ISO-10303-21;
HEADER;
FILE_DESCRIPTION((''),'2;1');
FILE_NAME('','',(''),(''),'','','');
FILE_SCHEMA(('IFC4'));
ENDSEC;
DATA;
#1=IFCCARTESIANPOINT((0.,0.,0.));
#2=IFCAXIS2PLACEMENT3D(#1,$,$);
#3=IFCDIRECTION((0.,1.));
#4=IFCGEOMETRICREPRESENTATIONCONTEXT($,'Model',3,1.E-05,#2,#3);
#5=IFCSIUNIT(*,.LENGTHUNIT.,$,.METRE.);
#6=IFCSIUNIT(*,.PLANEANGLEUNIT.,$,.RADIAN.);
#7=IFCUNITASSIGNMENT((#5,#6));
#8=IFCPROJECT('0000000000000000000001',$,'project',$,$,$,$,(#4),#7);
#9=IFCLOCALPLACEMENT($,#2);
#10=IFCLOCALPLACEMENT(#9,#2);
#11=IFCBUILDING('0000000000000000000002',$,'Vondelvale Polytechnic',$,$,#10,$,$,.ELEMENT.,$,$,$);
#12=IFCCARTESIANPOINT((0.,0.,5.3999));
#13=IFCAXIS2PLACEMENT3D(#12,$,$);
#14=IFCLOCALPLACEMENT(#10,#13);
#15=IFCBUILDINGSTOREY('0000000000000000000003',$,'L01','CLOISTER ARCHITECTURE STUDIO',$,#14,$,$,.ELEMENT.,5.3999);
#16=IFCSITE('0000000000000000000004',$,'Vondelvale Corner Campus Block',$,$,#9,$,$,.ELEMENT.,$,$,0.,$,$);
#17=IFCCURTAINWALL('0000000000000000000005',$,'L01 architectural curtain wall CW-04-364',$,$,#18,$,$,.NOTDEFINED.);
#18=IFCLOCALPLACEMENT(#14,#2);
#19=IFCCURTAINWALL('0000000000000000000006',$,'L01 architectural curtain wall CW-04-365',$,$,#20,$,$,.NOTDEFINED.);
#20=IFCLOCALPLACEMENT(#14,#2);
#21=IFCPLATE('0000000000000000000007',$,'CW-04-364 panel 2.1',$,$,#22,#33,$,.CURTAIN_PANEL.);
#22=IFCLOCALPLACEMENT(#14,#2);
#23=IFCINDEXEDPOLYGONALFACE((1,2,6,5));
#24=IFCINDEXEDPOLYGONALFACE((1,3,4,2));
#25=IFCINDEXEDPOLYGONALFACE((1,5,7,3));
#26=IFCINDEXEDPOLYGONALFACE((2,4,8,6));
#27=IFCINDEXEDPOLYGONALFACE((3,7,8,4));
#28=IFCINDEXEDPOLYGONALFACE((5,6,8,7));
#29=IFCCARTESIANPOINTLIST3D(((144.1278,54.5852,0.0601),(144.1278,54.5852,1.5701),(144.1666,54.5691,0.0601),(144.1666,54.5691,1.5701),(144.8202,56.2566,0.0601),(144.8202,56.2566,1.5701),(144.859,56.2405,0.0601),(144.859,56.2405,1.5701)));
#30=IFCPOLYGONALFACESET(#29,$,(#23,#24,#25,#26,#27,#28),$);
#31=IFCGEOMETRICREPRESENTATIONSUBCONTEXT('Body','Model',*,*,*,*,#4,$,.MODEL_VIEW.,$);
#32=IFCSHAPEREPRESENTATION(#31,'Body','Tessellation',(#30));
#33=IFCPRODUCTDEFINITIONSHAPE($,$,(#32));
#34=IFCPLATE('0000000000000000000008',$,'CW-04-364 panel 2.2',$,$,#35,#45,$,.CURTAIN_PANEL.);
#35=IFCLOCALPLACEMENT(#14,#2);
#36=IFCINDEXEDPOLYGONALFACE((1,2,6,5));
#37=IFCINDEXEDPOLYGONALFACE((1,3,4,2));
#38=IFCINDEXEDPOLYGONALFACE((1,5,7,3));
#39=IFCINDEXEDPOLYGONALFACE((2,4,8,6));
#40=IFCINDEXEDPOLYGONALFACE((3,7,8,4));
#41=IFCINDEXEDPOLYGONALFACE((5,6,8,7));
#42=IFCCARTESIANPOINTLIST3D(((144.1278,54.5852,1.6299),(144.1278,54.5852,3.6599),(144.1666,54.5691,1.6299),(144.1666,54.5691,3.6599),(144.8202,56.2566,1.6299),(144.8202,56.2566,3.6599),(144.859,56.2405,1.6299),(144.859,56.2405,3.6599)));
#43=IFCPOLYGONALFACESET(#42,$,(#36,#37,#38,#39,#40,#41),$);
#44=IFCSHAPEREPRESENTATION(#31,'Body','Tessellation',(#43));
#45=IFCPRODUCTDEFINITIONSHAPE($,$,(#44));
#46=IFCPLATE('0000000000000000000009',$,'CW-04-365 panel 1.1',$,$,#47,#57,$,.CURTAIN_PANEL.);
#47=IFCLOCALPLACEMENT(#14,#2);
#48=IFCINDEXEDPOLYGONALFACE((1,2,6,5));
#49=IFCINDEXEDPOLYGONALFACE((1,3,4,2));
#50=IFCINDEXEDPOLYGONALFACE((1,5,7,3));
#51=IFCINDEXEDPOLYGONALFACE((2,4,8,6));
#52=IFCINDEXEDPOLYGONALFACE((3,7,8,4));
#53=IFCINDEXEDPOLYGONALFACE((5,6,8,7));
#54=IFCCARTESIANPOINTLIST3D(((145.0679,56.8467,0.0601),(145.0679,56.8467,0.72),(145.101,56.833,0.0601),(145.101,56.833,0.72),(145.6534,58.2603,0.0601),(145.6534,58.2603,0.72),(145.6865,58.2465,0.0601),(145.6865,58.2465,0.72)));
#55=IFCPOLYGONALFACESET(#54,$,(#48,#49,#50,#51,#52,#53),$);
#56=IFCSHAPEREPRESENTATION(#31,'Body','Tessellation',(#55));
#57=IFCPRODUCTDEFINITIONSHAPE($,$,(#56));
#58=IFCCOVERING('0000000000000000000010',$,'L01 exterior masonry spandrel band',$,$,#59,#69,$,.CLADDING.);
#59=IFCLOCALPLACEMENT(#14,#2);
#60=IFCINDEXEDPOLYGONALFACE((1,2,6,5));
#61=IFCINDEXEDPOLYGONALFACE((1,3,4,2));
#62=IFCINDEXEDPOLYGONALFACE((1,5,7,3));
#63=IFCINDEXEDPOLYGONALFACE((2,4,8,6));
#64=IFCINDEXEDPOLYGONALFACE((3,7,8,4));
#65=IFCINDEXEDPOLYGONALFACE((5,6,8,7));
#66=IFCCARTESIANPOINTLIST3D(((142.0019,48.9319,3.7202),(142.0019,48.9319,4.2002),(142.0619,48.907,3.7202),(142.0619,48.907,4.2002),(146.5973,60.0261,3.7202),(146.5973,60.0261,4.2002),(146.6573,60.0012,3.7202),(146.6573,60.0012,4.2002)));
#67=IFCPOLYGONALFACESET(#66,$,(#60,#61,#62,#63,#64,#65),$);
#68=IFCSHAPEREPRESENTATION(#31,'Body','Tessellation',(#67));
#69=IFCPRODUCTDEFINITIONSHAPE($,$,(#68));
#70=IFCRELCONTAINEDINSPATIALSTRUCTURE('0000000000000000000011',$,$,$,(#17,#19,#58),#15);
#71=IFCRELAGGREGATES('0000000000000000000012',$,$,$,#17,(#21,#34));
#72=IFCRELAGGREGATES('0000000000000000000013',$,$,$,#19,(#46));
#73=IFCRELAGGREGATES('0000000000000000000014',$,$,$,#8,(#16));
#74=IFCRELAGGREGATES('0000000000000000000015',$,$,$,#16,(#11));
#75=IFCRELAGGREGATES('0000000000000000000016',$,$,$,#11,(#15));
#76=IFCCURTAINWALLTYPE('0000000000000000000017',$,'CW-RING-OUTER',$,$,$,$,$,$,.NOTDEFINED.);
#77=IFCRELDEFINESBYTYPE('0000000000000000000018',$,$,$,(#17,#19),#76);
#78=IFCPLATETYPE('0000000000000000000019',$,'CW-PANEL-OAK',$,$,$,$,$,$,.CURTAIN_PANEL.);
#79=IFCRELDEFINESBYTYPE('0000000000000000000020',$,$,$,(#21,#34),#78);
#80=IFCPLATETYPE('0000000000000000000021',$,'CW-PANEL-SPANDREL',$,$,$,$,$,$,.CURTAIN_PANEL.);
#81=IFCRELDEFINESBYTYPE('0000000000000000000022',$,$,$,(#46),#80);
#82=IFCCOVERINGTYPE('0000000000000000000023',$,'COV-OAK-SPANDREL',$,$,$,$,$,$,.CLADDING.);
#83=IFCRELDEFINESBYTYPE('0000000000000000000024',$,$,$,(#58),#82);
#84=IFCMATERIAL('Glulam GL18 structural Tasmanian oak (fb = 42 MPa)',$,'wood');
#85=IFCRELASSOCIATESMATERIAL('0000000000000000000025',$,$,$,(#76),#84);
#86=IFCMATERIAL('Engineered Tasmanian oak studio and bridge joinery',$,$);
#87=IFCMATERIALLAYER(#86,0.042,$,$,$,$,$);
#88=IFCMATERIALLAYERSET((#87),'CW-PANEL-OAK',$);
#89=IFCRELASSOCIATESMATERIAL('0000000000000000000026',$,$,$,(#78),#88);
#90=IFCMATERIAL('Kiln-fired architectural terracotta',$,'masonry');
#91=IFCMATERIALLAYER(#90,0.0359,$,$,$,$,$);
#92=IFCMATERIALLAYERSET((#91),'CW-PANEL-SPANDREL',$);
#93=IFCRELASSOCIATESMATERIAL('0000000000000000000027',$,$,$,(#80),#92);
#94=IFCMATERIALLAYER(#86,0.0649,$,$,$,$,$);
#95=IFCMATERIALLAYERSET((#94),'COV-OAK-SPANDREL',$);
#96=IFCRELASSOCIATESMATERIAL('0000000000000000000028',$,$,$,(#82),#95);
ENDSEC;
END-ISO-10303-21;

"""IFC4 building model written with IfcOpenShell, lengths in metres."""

from ifc_helpers import new_model, si_unit, direction, frame, origin, origin_2d, place, context, subcontext, project, spatial, rectangle, extrude, material, layer, layer_set, type_object, element, aggregate, save


model = new_model("IFC4")

# Units and contexts
model_context = context("Model", 3, precision=1e-05, world=origin(), true_north=direction((0.0, 1.0)))
body_context = subcontext(model_context, "Body", "Model", "MODEL_VIEW")
ifc_project = project(units=[si_unit("LENGTHUNIT", "METRE"), si_unit("PLANEANGLEUNIT", "RADIAN")], contexts=[model_context])

# Site, building, storey
site_placement = place(None, origin())
site = spatial("IfcSite", under=ifc_project, at=site_placement, Name="Vondelvale Corner Campus Block", CompositionType="ELEMENT", RefElevation=0.0)
building_placement = place(site_placement, origin())
building = spatial("IfcBuilding", under=site, at=building_placement, Name="Vondelvale Polytechnic", CompositionType="ELEMENT")
storey_placement = place(building_placement, frame((0.0, 0.0, 5.3999)))
storey = spatial("IfcBuildingStorey", under=building, at=storey_placement, Name="L01", Description="CLOISTER ARCHITECTURE STUDIO", CompositionType="ELEMENT", Elevation=5.3999)

# Shared definitions
ifc_material_1 = material(Name="Glulam GL18 structural Tasmanian oak (fb = 42 MPa)", Category="wood")

# Shared definitions
curtain_wall_type = type_object("IfcCurtainWallType", Name="CW-RING-OUTER", PredefinedType="NOTDEFINED", material=ifc_material_1)

# Curtain wall
curtain_wall_1_placement = place(storey_placement, origin())
curtain_wall_1 = element("IfcCurtainWall", 1, at=curtain_wall_1_placement, inside=storey, type_object=curtain_wall_type, Name="L01 architectural curtain wall CW-04-364", PredefinedType="NOTDEFINED")

# Curtain wall
curtain_wall_2_placement = place(storey_placement, origin())
curtain_wall_2 = element("IfcCurtainWall", 2, at=curtain_wall_2_placement, inside=storey, type_object=curtain_wall_type, Name="L01 architectural curtain wall CW-04-365", PredefinedType="NOTDEFINED")

# Plates
ifc_material_2 = material(Name="Engineered Tasmanian oak studio and bridge joinery")
ifc_layer_1 = layer(ifc_material_2, 0.042)
ifc_layer_set_1 = layer_set([ifc_layer_1], Name="CW-PANEL-OAK")
plate_type_1 = type_object("IfcPlateType", Name="CW-PANEL-OAK", PredefinedType="CURTAIN_PANEL", material=ifc_layer_set_1)
plate_1_placement = place(storey_placement, frame((144.4934, 55.4128, 0.0601), z_axis=(0.0, 0.0, 1.0), x_axis=(0.382695, 0.923875, 0.0)))
plate_1 = element("IfcPlate", 3, at=plate_1_placement, type_object=plate_type_1, Name="CW-04-364 panel 2.1", PredefinedType="CURTAIN_PANEL", context=body_context, shape_type="SweptSolid", body=[
    extrude(rectangle(XDim=1.8091, YDim=0.042, at=origin_2d()), origin(), (0.0, 0.0, 1.0), 1.51),
])
plate_2_placement = place(storey_placement, frame((144.4934, 55.4128, 1.6299), z_axis=(0.0, 0.0, 1.0), x_axis=(0.382695, 0.923875, 0.0)))
plate_2 = element("IfcPlate", 4, at=plate_2_placement, type_object=plate_type_1, Name="CW-04-364 panel 2.2", PredefinedType="CURTAIN_PANEL", context=body_context, shape_type="SweptSolid", body=[
    extrude(rectangle(XDim=1.8091, YDim=0.042, at=origin_2d()), origin(), (0.0, 0.0, 1.0), 2.03),
])
aggregate(curtain_wall_1, [plate_1, plate_2])
ifc_material_3 = material(Name="Kiln-fired architectural terracotta", Category="masonry")
ifc_layer_2 = layer(ifc_material_3, 0.0359)
ifc_layer_set_2 = layer_set([ifc_layer_2], Name="CW-PANEL-SPANDREL")
plate_type_2 = type_object("IfcPlateType", Name="CW-PANEL-SPANDREL", PredefinedType="CURTAIN_PANEL", material=ifc_layer_set_2)
plate_3_placement = place(storey_placement, frame((145.3772, 57.5466, 0.0601), z_axis=(0.0, 0.0, 1.0), x_axis=(0.382677, 0.923882, 0.0)))
plate_3 = element("IfcPlate", 5, at=plate_3_placement, type_object=plate_type_2, Name="CW-04-365 panel 1.1", PredefinedType="CURTAIN_PANEL", context=body_context, shape_type="SweptSolid", body=[
    extrude(rectangle(XDim=1.53, YDim=0.0359, at=origin_2d()), origin(), (0.0, 0.0, 1.0), 0.6599),
])
aggregate(curtain_wall_2, [plate_3])

# Covering
ifc_layer_3 = layer(ifc_material_2, 0.0649)
ifc_layer_set_3 = layer_set([ifc_layer_3], Name="COV-OAK-SPANDREL")
covering_type = type_object("IfcCoveringType", Name="COV-OAK-SPANDREL", PredefinedType="CLADDING", material=ifc_layer_set_3)
covering_placement = place(storey_placement, frame((144.3296, 54.4666, 3.7202), z_axis=(0.0, 0.0, 1.0), x_axis=(0.382683, 0.92388, 0.0)))
element("IfcCovering", 6, at=covering_placement, inside=storey, type_object=covering_type, Name="L01 exterior masonry spandrel band", PredefinedType="CLADDING", context=body_context, shape_type="SweptSolid", body=[
    extrude(rectangle(XDim=12.0083, YDim=0.0649, at=origin_2d()), origin(), (0.0, 0.0, 1.0), 0.48),
])

save(model, "model.ifc")
